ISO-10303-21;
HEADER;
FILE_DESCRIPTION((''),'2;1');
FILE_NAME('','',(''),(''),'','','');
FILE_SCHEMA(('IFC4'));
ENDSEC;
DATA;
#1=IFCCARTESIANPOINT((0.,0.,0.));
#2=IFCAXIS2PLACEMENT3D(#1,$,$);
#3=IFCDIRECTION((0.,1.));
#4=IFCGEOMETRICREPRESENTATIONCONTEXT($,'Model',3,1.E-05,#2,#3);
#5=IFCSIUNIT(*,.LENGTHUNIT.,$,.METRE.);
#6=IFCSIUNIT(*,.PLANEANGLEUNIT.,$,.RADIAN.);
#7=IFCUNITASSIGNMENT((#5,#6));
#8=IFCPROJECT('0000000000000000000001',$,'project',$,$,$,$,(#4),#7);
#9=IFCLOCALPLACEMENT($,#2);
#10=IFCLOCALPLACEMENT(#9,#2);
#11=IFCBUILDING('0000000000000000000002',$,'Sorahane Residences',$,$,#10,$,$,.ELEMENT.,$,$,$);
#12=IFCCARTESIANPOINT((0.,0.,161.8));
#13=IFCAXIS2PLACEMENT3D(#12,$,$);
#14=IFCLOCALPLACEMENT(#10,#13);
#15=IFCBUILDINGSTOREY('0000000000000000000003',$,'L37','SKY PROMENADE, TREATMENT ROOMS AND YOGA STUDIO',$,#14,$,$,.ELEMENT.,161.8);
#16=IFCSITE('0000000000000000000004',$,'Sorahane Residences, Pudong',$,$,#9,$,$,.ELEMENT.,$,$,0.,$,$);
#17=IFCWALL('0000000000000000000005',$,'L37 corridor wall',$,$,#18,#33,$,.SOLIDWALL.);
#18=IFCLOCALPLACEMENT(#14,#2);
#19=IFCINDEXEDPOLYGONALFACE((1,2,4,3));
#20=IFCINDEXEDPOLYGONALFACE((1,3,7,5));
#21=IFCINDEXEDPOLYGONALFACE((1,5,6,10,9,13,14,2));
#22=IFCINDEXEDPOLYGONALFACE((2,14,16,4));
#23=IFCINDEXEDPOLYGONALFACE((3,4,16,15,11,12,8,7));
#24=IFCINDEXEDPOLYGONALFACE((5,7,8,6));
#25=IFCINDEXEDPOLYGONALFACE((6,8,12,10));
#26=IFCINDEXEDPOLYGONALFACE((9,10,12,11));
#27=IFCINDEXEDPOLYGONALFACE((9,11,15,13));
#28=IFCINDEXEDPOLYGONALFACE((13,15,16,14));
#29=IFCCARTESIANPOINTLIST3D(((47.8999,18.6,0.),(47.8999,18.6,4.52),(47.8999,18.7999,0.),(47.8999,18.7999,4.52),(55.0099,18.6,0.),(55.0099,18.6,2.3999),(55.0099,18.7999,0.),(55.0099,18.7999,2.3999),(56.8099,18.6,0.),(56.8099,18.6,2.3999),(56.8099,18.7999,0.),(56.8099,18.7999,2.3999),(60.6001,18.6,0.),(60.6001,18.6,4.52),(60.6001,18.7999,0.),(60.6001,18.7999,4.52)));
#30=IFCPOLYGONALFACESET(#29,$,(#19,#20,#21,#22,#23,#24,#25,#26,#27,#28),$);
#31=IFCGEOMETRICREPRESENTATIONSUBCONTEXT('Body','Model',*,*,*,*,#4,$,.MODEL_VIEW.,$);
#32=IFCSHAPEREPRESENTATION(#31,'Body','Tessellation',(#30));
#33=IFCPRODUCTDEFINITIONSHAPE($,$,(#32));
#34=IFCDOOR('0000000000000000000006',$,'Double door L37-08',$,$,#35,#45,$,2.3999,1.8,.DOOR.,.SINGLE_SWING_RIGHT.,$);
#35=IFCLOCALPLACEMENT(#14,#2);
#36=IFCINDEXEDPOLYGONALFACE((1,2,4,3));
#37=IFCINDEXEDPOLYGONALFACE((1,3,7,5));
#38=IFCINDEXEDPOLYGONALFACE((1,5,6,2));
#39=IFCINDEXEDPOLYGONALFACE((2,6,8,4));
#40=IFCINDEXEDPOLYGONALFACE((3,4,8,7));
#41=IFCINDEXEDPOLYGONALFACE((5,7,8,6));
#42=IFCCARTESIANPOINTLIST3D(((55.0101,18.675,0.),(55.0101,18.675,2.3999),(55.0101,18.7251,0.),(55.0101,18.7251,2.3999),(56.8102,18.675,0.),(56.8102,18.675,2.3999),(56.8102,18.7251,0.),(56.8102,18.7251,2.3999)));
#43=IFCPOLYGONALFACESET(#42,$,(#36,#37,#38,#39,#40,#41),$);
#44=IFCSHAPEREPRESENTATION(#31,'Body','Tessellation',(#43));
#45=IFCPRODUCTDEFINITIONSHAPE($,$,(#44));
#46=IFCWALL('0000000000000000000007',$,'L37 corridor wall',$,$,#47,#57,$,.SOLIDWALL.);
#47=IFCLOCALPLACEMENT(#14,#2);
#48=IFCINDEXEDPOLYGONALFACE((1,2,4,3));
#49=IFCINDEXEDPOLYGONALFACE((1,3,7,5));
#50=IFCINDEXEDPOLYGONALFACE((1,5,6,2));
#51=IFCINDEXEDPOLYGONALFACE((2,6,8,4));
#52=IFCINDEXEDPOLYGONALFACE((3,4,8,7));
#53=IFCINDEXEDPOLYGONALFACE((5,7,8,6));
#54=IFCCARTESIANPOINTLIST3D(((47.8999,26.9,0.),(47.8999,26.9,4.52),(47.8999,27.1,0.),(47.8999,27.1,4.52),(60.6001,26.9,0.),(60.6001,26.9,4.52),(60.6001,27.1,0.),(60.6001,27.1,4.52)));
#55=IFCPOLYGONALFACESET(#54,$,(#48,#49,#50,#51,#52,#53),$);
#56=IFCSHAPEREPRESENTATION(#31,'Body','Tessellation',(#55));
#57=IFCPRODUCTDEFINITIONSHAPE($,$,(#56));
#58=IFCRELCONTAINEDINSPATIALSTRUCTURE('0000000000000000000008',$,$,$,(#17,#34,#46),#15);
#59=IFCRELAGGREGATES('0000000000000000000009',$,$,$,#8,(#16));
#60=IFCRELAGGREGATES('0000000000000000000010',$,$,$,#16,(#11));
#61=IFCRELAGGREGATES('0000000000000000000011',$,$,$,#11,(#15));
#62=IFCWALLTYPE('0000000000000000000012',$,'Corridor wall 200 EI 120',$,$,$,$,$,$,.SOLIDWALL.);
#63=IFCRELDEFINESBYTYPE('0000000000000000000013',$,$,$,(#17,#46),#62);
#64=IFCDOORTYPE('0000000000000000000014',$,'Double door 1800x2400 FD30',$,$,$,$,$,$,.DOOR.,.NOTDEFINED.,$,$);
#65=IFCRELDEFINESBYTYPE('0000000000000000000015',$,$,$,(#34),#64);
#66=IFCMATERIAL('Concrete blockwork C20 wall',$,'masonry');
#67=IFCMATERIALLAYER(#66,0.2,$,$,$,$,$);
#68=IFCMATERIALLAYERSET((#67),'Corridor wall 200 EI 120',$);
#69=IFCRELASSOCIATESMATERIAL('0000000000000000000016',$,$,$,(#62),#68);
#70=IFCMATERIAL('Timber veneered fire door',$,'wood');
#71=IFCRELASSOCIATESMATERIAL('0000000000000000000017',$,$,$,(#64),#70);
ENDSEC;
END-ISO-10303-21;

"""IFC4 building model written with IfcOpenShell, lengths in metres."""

from ifc_helpers import new_model, si_unit, direction, frame, frame_2d, origin, place, context, subcontext, project, spatial, rectangle, extrude, material, layer, layer_set, type_object, element, fill, save


model = new_model("IFC4")

# Units and contexts
model_context = context("Model", 3, precision=1e-05, world=origin(), true_north=direction((0.0, 1.0)))
body_context = subcontext(model_context, "Body", "Model", "MODEL_VIEW")
ifc_project = project(units=[si_unit("LENGTHUNIT", "METRE"), si_unit("PLANEANGLEUNIT", "RADIAN")], contexts=[model_context])

# Site, building, storey
site_placement = place(None, origin())
site = spatial("IfcSite", under=ifc_project, at=site_placement, Name="Sorahane Residences, Pudong", CompositionType="ELEMENT", RefElevation=0.0)
building_placement = place(site_placement, origin())
building = spatial("IfcBuilding", under=site, at=building_placement, Name="Sorahane Residences", CompositionType="ELEMENT")
storey_placement = place(building_placement, frame((0.0, 0.0, 161.8)))
storey = spatial("IfcBuildingStorey", under=building, at=storey_placement, Name="L37", Description="SKY PROMENADE, TREATMENT ROOMS AND YOGA STUDIO", CompositionType="ELEMENT", Elevation=161.8)

# Shared definitions
ifc_material_1 = material(Name="Concrete blockwork C20 wall", Category="masonry")
ifc_layer_1 = layer(ifc_material_1, 0.2)
ifc_layer_set_1 = layer_set([ifc_layer_1], Name="Corridor wall 200 EI 120")
wall_type = type_object("IfcWallType", Name="Corridor wall 200 EI 120", PredefinedType="SOLIDWALL", material=ifc_layer_set_1)

# Shared definitions
ifc_material_2 = material(Name="Timber veneered fire door", Category="wood")
door_type = type_object("IfcDoorType", Name="Double door 1800x2400 FD30", OperationType="NOTDEFINED", PredefinedType="DOOR", material=ifc_material_2)

# Wall, opening, door
wall_1_placement = place(storey_placement, frame((47.8999, 18.7, 0.0), z_axis=(0.0, 0.0, 1.0), x_axis=(1.0, 0.0, 0.0)))
wall_1 = element("IfcWall", 1, at=wall_1_placement, inside=storey, type_object=wall_type, Name="L37 corridor wall", PredefinedType="SOLIDWALL", context=body_context, shape_type="SweptSolid", body=[
    extrude(rectangle(XDim=12.7002, YDim=0.2, at=frame_2d((6.3501, 0.0))), origin(), (0.0, 0.0, 1.0), 4.52),
])
opening_1_placement = place(wall_1_placement, frame((7.1101, 0.0, 0.0)))
opening_1 = element("IfcOpeningElement", 2, at=opening_1_placement, cuts=wall_1, PredefinedType="OPENING", context=body_context, shape_type="SweptSolid", body=[
    extrude(rectangle(XDim=1.8, YDim=2.3999, at=frame_2d((0.8999, 1.2))), frame((0.0, 0.1099, 0.0), z_axis=(0.0, -1.0, 0.0), x_axis=(1.0, 0.0, 0.0)), (0.0, 0.0, 1.0), 0.22),
])
door_1_placement = place(opening_1_placement, frame((1.8, 0.0, 0.0), z_axis=(0.0, 0.0, 1.0), x_axis=(-1.0, 0.0, 0.0)))
door_1 = element("IfcDoor", 3, at=door_1_placement, inside=storey, type_object=door_type, Name="Double door L37-08", OperationType="SINGLE_SWING_RIGHT", OverallHeight=2.3999, OverallWidth=1.8, PredefinedType="DOOR", context=body_context, shape_type="SweptSolid", body=[
    extrude(rectangle(XDim=1.8, YDim=2.3999, at=frame_2d((0.8999, 1.2))), frame((0.0, 0.0249, 0.0), z_axis=(0.0, -1.0, 0.0), x_axis=(1.0, 0.0, 0.0)), (0.0, 0.0, 1.0), 0.05),
])
fill(opening_1, door_1)

# Wall
wall_2_placement = place(storey_placement, frame((47.8999, 27.0, 0.0), z_axis=(0.0, 0.0, 1.0), x_axis=(1.0, 0.0, 0.0)))
element("IfcWall", 4, at=wall_2_placement, inside=storey, type_object=wall_type, Name="L37 corridor wall", PredefinedType="SOLIDWALL", context=body_context, shape_type="SweptSolid", body=[
    extrude(rectangle(XDim=12.7002, YDim=0.2, at=frame_2d((6.3501, 0.0))), origin(), (0.0, 0.0, 1.0), 4.52),
])

save(model, "model.ifc")
